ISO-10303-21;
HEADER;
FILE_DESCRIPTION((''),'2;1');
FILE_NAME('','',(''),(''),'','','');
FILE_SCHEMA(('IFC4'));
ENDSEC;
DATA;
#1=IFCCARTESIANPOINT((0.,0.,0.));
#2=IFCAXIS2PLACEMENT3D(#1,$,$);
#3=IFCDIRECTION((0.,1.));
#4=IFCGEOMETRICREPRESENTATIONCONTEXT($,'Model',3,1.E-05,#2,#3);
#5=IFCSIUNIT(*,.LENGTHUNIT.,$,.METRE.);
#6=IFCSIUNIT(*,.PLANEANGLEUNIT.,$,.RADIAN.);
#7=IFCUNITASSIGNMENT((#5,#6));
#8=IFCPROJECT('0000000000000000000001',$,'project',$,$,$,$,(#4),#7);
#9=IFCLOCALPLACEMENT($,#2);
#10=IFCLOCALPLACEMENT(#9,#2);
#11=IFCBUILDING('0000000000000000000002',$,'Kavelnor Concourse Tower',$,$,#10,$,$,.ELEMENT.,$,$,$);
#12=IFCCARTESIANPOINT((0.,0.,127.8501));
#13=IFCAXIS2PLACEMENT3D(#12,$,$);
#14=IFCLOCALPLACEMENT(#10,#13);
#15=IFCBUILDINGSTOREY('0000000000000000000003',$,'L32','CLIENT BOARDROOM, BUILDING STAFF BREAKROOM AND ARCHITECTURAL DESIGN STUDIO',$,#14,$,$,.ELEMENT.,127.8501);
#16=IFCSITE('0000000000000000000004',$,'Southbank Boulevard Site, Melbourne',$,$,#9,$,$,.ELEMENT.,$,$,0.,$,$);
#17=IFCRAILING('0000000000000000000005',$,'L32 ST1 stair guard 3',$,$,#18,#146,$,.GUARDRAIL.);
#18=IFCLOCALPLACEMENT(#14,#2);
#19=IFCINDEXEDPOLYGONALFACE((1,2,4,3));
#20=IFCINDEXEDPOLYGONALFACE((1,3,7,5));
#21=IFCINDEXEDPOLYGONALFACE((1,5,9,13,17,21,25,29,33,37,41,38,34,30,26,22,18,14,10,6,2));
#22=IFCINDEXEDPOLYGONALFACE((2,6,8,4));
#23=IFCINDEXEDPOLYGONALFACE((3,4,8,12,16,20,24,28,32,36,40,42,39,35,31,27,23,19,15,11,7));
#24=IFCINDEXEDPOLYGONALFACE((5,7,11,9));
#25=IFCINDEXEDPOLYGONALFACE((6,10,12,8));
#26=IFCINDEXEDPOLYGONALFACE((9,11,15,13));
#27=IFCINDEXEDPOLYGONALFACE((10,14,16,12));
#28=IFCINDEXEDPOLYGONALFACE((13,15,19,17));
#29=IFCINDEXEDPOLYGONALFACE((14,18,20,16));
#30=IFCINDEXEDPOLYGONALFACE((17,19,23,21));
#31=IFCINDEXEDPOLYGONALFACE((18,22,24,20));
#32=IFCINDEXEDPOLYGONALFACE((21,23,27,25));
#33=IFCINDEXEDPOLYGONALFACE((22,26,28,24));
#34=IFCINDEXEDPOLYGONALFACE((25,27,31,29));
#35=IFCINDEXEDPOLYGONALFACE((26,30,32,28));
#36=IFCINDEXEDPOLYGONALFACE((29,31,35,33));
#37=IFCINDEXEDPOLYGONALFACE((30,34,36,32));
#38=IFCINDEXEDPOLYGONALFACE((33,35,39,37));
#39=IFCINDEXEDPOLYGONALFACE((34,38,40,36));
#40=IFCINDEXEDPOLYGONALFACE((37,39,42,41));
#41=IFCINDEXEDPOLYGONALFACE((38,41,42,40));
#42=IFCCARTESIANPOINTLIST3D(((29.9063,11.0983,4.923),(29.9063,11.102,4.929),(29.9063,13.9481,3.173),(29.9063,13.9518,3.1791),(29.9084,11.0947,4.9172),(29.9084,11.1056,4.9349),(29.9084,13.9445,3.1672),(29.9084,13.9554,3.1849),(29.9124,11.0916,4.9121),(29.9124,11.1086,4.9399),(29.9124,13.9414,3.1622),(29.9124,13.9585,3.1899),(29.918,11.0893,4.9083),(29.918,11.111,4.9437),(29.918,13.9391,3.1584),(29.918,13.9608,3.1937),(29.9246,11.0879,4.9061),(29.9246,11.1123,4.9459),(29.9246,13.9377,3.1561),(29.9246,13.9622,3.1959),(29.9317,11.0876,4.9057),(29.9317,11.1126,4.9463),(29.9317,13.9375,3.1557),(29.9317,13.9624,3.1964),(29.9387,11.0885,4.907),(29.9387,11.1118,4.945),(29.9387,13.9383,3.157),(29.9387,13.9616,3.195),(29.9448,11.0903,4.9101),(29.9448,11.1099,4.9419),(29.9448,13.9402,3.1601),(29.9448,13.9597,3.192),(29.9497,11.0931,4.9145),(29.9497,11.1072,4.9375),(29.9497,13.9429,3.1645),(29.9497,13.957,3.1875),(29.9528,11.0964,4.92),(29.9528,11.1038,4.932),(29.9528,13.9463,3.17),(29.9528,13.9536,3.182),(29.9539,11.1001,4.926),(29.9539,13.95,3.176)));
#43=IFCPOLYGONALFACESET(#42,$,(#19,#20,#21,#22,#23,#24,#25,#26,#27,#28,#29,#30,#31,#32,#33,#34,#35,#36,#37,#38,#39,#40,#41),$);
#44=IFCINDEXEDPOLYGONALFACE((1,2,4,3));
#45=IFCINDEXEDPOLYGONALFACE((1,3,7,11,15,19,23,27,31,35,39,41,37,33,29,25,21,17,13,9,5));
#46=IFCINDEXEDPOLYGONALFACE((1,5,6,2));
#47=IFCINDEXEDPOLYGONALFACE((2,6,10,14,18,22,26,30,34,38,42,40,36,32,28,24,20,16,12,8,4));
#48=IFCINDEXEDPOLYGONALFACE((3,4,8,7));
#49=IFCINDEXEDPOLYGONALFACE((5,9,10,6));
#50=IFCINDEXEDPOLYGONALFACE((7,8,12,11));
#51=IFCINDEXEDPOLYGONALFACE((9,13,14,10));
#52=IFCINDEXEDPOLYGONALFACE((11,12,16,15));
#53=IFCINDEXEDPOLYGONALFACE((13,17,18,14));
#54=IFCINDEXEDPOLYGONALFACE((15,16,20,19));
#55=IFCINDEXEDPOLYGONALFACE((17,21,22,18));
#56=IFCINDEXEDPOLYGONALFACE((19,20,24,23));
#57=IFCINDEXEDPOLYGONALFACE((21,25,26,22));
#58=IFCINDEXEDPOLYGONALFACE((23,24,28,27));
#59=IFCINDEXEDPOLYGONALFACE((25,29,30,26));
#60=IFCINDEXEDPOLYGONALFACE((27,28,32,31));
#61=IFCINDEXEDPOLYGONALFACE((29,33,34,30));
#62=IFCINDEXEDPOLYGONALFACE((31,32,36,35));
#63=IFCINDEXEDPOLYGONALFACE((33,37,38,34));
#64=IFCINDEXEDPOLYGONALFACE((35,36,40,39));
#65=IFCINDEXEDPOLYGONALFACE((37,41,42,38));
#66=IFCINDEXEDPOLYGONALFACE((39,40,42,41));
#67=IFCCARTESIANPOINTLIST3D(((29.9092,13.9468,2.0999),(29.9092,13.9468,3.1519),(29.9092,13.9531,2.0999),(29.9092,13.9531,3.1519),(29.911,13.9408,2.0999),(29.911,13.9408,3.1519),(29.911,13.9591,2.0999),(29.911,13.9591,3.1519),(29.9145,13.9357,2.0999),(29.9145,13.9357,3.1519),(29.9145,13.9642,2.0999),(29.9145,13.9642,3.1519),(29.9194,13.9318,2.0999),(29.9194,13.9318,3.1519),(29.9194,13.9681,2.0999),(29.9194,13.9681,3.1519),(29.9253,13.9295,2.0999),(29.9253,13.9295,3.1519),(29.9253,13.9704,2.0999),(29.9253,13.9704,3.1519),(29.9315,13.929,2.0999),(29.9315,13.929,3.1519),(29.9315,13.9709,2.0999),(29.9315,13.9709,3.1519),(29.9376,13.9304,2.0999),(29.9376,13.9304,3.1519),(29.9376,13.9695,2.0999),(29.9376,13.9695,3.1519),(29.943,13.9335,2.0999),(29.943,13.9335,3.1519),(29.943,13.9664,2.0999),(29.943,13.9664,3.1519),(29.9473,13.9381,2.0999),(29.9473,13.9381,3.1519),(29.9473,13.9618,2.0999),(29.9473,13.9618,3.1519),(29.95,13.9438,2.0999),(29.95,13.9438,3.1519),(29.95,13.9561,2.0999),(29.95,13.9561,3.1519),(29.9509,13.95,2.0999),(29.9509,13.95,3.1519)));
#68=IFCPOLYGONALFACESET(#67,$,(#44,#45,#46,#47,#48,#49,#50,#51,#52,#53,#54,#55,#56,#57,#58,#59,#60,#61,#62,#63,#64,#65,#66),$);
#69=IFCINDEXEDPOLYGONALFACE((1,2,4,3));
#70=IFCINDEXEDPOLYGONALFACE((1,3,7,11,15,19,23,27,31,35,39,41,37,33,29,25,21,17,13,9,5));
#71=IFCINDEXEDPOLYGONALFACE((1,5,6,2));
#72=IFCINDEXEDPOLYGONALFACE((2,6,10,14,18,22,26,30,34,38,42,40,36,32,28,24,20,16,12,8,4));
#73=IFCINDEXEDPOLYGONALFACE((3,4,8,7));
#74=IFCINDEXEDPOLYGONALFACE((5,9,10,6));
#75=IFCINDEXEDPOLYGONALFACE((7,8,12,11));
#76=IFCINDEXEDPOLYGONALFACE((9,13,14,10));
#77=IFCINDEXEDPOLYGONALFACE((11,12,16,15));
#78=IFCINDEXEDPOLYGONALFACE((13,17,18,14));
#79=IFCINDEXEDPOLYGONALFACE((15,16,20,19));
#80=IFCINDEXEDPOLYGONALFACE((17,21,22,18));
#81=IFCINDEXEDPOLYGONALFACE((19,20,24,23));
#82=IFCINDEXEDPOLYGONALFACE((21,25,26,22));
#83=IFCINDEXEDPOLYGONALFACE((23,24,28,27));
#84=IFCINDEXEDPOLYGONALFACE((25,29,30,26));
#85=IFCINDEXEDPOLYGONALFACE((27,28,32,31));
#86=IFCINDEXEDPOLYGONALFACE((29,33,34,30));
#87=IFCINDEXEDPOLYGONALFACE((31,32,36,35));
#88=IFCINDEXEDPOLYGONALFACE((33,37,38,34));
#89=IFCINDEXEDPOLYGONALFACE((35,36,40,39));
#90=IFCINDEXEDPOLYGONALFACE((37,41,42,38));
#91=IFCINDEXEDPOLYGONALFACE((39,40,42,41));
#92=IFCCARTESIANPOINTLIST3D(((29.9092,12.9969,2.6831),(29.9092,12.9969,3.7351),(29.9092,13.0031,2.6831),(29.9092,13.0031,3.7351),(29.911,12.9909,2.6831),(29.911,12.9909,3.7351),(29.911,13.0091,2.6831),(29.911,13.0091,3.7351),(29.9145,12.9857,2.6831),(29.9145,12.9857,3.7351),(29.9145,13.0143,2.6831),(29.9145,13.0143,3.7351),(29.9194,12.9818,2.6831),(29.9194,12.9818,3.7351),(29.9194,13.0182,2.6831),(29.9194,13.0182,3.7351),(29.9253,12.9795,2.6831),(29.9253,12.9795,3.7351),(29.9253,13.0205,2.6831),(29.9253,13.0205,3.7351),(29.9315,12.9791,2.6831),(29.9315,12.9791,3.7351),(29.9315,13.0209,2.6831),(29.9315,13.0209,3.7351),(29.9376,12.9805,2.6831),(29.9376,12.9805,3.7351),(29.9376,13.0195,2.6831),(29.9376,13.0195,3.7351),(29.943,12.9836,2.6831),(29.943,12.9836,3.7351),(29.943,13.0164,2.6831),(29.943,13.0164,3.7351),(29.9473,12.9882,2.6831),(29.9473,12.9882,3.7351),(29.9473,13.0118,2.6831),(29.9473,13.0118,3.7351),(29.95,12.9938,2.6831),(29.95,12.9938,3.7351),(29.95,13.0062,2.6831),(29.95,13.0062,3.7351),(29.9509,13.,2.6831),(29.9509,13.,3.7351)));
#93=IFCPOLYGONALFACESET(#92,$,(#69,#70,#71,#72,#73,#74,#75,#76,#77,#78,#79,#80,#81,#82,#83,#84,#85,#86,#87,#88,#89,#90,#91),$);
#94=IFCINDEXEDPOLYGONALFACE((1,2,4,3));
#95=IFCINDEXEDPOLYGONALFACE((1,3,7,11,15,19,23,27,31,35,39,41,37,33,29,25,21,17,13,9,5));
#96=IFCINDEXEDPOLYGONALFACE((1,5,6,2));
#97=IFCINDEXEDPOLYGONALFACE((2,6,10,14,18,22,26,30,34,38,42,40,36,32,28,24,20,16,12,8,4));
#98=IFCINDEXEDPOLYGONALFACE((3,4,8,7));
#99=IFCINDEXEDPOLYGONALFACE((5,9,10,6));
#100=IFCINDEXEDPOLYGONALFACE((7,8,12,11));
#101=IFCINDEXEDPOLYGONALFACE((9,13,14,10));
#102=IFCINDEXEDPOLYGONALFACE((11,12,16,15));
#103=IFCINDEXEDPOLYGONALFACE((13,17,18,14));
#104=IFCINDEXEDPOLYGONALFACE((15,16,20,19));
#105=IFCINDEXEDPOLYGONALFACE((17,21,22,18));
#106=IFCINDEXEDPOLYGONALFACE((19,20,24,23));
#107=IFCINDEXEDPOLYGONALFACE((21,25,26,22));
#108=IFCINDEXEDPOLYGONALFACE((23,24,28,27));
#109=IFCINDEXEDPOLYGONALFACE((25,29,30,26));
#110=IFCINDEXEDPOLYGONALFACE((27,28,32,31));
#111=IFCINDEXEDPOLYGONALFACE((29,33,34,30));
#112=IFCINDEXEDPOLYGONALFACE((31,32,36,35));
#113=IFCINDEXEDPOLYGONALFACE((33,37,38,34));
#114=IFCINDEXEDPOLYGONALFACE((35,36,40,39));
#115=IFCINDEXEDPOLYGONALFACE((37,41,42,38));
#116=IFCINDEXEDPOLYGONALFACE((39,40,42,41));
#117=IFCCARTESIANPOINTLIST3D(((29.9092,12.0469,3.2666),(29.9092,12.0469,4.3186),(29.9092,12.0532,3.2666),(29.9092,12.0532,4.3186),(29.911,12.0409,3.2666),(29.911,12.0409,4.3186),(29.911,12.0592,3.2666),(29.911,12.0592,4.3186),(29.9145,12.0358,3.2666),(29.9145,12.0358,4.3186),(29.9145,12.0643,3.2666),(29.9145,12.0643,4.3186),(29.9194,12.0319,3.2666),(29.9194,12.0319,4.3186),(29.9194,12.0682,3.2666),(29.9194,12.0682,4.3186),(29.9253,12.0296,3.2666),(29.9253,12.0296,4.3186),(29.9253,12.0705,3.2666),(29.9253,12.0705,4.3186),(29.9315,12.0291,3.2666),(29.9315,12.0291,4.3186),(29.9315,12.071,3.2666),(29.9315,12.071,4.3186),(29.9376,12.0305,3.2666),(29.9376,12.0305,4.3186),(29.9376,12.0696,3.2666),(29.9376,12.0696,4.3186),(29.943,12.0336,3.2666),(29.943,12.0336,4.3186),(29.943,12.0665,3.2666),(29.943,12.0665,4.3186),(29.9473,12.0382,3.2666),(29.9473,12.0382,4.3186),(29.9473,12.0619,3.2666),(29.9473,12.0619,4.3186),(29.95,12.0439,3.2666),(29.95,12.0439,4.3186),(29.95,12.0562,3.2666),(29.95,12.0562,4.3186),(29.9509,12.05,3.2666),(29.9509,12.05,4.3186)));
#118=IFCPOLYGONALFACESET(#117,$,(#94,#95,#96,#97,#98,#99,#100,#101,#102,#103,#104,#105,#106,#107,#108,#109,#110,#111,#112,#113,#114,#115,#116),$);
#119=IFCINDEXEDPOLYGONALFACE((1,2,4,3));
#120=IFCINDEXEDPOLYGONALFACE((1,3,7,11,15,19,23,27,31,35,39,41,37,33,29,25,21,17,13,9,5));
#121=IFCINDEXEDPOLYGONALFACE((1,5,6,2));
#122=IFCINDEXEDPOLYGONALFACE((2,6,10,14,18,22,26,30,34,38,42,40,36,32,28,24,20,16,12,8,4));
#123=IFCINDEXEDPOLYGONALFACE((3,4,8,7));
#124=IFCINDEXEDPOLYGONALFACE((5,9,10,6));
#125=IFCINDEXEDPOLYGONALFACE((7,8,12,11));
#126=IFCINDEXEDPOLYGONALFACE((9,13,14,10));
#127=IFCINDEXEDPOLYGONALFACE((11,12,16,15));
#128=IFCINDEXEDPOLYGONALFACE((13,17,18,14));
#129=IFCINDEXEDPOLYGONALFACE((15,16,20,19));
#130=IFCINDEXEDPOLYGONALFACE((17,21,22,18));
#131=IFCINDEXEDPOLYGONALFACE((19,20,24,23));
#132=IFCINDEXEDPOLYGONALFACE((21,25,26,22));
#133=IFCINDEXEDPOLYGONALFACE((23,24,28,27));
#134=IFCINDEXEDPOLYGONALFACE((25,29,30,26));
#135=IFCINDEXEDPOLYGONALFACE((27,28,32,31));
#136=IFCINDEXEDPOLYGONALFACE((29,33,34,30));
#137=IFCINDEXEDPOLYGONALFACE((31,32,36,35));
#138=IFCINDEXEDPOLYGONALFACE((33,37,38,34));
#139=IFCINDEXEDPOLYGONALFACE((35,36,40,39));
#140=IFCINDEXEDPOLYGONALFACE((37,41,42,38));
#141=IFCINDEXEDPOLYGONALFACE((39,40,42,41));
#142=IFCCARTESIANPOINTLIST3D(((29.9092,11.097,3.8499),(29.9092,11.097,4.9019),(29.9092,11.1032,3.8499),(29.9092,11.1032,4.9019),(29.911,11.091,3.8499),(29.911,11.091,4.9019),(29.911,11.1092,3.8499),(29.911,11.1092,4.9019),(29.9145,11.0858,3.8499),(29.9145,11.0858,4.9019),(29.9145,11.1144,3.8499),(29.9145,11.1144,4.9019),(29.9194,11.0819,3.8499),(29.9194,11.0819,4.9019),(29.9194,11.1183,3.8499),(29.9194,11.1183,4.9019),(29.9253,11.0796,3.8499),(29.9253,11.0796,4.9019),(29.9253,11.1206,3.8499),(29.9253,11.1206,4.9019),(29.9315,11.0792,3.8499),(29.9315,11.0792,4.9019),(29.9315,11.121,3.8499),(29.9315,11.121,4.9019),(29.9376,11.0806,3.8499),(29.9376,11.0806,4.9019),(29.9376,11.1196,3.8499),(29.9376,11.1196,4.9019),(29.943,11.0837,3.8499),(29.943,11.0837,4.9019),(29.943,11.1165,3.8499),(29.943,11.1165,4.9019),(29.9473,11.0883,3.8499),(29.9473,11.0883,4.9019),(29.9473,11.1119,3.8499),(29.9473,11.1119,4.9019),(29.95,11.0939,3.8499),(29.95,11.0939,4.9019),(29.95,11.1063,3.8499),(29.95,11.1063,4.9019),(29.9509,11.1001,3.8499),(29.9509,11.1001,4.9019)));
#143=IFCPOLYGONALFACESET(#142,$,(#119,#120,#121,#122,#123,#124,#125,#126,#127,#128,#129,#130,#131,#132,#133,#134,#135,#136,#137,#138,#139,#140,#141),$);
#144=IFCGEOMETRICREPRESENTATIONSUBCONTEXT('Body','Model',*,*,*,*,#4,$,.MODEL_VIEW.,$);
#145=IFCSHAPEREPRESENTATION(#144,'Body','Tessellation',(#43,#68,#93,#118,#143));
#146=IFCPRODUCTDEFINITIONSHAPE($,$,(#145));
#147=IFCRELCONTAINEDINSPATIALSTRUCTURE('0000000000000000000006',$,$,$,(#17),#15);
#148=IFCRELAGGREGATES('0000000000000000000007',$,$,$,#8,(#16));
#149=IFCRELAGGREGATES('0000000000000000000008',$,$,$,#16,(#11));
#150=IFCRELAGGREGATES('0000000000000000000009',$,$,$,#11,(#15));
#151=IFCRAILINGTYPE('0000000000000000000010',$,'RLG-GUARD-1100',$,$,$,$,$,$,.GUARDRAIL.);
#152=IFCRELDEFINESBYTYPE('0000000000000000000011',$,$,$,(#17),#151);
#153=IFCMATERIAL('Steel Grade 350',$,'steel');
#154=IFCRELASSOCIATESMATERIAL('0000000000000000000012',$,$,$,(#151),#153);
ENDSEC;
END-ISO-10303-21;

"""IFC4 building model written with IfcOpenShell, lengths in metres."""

from ifc_helpers import new_model, si_unit, direction, frame, origin, origin_2d, place, context, subcontext, project, spatial, circle, extrude, material, type_object, element, save


model = new_model("IFC4")

# Units and contexts
model_context = context("Model", 3, precision=1e-05, world=origin(), true_north=direction((0.0, 1.0)))
body_context = subcontext(model_context, "Body", "Model", "MODEL_VIEW")
ifc_project = project(units=[si_unit("LENGTHUNIT", "METRE"), si_unit("PLANEANGLEUNIT", "RADIAN")], contexts=[model_context])

# Site, building, storey
site_placement = place(None, origin())
site = spatial("IfcSite", under=ifc_project, at=site_placement, Name="Southbank Boulevard Site, Melbourne", CompositionType="ELEMENT", RefElevation=0.0)
building_placement = place(site_placement, origin())
building = spatial("IfcBuilding", under=site, at=building_placement, Name="Kavelnor Concourse Tower", CompositionType="ELEMENT")
storey_placement = place(building_placement, frame((0.0, 0.0, 127.8501)))
storey = spatial("IfcBuildingStorey", under=building, at=storey_placement, Name="L32", Description="CLIENT BOARDROOM, BUILDING STAFF BREAKROOM AND ARCHITECTURAL DESIGN STUDIO", CompositionType="ELEMENT", Elevation=127.8501)

# Shared definitions
ifc_material_1 = material(Name="Steel Grade 350", Category="steel")

# Railing
railing_type = type_object("IfcRailingType", Name="RLG-GUARD-1100", PredefinedType="GUARDRAIL", material=ifc_material_1)
railing_1_placement = place(storey_placement, frame((29.9299, 13.95, 2.0999)))
element("IfcRailing", 1, at=railing_1_placement, inside=storey, type_object=railing_type, Name="L32 ST1 stair guard 3", PredefinedType="GUARDRAIL", context=body_context, shape_type="SweptSolid", body=[
    extrude(circle(Radius=0.0239, at=origin_2d()), frame((0.0, 0.0, 1.0762), z_axis=(0.0, -0.852159, 0.523283), x_axis=(1.0, 0.0, 0.0)), (0.0, 0.0, 1.0), 3.3442),
    extrude(circle(Radius=0.021, at=origin_2d()), origin(), (0.0, 0.0, 1.0), 1.052),
    extrude(circle(Radius=0.021, at=origin_2d()), frame((0.0, -0.95, 0.5833)), (0.0, 0.0, 1.0), 1.052),
    extrude(circle(Radius=0.021, at=origin_2d()), frame((0.0, -1.8999, 1.1667)), (0.0, 0.0, 1.0), 1.052),
    extrude(circle(Radius=0.021, at=origin_2d()), frame((0.0, -2.8499, 1.75)), (0.0, 0.0, 1.0), 1.052),
])

save(model, "model.ifc")
